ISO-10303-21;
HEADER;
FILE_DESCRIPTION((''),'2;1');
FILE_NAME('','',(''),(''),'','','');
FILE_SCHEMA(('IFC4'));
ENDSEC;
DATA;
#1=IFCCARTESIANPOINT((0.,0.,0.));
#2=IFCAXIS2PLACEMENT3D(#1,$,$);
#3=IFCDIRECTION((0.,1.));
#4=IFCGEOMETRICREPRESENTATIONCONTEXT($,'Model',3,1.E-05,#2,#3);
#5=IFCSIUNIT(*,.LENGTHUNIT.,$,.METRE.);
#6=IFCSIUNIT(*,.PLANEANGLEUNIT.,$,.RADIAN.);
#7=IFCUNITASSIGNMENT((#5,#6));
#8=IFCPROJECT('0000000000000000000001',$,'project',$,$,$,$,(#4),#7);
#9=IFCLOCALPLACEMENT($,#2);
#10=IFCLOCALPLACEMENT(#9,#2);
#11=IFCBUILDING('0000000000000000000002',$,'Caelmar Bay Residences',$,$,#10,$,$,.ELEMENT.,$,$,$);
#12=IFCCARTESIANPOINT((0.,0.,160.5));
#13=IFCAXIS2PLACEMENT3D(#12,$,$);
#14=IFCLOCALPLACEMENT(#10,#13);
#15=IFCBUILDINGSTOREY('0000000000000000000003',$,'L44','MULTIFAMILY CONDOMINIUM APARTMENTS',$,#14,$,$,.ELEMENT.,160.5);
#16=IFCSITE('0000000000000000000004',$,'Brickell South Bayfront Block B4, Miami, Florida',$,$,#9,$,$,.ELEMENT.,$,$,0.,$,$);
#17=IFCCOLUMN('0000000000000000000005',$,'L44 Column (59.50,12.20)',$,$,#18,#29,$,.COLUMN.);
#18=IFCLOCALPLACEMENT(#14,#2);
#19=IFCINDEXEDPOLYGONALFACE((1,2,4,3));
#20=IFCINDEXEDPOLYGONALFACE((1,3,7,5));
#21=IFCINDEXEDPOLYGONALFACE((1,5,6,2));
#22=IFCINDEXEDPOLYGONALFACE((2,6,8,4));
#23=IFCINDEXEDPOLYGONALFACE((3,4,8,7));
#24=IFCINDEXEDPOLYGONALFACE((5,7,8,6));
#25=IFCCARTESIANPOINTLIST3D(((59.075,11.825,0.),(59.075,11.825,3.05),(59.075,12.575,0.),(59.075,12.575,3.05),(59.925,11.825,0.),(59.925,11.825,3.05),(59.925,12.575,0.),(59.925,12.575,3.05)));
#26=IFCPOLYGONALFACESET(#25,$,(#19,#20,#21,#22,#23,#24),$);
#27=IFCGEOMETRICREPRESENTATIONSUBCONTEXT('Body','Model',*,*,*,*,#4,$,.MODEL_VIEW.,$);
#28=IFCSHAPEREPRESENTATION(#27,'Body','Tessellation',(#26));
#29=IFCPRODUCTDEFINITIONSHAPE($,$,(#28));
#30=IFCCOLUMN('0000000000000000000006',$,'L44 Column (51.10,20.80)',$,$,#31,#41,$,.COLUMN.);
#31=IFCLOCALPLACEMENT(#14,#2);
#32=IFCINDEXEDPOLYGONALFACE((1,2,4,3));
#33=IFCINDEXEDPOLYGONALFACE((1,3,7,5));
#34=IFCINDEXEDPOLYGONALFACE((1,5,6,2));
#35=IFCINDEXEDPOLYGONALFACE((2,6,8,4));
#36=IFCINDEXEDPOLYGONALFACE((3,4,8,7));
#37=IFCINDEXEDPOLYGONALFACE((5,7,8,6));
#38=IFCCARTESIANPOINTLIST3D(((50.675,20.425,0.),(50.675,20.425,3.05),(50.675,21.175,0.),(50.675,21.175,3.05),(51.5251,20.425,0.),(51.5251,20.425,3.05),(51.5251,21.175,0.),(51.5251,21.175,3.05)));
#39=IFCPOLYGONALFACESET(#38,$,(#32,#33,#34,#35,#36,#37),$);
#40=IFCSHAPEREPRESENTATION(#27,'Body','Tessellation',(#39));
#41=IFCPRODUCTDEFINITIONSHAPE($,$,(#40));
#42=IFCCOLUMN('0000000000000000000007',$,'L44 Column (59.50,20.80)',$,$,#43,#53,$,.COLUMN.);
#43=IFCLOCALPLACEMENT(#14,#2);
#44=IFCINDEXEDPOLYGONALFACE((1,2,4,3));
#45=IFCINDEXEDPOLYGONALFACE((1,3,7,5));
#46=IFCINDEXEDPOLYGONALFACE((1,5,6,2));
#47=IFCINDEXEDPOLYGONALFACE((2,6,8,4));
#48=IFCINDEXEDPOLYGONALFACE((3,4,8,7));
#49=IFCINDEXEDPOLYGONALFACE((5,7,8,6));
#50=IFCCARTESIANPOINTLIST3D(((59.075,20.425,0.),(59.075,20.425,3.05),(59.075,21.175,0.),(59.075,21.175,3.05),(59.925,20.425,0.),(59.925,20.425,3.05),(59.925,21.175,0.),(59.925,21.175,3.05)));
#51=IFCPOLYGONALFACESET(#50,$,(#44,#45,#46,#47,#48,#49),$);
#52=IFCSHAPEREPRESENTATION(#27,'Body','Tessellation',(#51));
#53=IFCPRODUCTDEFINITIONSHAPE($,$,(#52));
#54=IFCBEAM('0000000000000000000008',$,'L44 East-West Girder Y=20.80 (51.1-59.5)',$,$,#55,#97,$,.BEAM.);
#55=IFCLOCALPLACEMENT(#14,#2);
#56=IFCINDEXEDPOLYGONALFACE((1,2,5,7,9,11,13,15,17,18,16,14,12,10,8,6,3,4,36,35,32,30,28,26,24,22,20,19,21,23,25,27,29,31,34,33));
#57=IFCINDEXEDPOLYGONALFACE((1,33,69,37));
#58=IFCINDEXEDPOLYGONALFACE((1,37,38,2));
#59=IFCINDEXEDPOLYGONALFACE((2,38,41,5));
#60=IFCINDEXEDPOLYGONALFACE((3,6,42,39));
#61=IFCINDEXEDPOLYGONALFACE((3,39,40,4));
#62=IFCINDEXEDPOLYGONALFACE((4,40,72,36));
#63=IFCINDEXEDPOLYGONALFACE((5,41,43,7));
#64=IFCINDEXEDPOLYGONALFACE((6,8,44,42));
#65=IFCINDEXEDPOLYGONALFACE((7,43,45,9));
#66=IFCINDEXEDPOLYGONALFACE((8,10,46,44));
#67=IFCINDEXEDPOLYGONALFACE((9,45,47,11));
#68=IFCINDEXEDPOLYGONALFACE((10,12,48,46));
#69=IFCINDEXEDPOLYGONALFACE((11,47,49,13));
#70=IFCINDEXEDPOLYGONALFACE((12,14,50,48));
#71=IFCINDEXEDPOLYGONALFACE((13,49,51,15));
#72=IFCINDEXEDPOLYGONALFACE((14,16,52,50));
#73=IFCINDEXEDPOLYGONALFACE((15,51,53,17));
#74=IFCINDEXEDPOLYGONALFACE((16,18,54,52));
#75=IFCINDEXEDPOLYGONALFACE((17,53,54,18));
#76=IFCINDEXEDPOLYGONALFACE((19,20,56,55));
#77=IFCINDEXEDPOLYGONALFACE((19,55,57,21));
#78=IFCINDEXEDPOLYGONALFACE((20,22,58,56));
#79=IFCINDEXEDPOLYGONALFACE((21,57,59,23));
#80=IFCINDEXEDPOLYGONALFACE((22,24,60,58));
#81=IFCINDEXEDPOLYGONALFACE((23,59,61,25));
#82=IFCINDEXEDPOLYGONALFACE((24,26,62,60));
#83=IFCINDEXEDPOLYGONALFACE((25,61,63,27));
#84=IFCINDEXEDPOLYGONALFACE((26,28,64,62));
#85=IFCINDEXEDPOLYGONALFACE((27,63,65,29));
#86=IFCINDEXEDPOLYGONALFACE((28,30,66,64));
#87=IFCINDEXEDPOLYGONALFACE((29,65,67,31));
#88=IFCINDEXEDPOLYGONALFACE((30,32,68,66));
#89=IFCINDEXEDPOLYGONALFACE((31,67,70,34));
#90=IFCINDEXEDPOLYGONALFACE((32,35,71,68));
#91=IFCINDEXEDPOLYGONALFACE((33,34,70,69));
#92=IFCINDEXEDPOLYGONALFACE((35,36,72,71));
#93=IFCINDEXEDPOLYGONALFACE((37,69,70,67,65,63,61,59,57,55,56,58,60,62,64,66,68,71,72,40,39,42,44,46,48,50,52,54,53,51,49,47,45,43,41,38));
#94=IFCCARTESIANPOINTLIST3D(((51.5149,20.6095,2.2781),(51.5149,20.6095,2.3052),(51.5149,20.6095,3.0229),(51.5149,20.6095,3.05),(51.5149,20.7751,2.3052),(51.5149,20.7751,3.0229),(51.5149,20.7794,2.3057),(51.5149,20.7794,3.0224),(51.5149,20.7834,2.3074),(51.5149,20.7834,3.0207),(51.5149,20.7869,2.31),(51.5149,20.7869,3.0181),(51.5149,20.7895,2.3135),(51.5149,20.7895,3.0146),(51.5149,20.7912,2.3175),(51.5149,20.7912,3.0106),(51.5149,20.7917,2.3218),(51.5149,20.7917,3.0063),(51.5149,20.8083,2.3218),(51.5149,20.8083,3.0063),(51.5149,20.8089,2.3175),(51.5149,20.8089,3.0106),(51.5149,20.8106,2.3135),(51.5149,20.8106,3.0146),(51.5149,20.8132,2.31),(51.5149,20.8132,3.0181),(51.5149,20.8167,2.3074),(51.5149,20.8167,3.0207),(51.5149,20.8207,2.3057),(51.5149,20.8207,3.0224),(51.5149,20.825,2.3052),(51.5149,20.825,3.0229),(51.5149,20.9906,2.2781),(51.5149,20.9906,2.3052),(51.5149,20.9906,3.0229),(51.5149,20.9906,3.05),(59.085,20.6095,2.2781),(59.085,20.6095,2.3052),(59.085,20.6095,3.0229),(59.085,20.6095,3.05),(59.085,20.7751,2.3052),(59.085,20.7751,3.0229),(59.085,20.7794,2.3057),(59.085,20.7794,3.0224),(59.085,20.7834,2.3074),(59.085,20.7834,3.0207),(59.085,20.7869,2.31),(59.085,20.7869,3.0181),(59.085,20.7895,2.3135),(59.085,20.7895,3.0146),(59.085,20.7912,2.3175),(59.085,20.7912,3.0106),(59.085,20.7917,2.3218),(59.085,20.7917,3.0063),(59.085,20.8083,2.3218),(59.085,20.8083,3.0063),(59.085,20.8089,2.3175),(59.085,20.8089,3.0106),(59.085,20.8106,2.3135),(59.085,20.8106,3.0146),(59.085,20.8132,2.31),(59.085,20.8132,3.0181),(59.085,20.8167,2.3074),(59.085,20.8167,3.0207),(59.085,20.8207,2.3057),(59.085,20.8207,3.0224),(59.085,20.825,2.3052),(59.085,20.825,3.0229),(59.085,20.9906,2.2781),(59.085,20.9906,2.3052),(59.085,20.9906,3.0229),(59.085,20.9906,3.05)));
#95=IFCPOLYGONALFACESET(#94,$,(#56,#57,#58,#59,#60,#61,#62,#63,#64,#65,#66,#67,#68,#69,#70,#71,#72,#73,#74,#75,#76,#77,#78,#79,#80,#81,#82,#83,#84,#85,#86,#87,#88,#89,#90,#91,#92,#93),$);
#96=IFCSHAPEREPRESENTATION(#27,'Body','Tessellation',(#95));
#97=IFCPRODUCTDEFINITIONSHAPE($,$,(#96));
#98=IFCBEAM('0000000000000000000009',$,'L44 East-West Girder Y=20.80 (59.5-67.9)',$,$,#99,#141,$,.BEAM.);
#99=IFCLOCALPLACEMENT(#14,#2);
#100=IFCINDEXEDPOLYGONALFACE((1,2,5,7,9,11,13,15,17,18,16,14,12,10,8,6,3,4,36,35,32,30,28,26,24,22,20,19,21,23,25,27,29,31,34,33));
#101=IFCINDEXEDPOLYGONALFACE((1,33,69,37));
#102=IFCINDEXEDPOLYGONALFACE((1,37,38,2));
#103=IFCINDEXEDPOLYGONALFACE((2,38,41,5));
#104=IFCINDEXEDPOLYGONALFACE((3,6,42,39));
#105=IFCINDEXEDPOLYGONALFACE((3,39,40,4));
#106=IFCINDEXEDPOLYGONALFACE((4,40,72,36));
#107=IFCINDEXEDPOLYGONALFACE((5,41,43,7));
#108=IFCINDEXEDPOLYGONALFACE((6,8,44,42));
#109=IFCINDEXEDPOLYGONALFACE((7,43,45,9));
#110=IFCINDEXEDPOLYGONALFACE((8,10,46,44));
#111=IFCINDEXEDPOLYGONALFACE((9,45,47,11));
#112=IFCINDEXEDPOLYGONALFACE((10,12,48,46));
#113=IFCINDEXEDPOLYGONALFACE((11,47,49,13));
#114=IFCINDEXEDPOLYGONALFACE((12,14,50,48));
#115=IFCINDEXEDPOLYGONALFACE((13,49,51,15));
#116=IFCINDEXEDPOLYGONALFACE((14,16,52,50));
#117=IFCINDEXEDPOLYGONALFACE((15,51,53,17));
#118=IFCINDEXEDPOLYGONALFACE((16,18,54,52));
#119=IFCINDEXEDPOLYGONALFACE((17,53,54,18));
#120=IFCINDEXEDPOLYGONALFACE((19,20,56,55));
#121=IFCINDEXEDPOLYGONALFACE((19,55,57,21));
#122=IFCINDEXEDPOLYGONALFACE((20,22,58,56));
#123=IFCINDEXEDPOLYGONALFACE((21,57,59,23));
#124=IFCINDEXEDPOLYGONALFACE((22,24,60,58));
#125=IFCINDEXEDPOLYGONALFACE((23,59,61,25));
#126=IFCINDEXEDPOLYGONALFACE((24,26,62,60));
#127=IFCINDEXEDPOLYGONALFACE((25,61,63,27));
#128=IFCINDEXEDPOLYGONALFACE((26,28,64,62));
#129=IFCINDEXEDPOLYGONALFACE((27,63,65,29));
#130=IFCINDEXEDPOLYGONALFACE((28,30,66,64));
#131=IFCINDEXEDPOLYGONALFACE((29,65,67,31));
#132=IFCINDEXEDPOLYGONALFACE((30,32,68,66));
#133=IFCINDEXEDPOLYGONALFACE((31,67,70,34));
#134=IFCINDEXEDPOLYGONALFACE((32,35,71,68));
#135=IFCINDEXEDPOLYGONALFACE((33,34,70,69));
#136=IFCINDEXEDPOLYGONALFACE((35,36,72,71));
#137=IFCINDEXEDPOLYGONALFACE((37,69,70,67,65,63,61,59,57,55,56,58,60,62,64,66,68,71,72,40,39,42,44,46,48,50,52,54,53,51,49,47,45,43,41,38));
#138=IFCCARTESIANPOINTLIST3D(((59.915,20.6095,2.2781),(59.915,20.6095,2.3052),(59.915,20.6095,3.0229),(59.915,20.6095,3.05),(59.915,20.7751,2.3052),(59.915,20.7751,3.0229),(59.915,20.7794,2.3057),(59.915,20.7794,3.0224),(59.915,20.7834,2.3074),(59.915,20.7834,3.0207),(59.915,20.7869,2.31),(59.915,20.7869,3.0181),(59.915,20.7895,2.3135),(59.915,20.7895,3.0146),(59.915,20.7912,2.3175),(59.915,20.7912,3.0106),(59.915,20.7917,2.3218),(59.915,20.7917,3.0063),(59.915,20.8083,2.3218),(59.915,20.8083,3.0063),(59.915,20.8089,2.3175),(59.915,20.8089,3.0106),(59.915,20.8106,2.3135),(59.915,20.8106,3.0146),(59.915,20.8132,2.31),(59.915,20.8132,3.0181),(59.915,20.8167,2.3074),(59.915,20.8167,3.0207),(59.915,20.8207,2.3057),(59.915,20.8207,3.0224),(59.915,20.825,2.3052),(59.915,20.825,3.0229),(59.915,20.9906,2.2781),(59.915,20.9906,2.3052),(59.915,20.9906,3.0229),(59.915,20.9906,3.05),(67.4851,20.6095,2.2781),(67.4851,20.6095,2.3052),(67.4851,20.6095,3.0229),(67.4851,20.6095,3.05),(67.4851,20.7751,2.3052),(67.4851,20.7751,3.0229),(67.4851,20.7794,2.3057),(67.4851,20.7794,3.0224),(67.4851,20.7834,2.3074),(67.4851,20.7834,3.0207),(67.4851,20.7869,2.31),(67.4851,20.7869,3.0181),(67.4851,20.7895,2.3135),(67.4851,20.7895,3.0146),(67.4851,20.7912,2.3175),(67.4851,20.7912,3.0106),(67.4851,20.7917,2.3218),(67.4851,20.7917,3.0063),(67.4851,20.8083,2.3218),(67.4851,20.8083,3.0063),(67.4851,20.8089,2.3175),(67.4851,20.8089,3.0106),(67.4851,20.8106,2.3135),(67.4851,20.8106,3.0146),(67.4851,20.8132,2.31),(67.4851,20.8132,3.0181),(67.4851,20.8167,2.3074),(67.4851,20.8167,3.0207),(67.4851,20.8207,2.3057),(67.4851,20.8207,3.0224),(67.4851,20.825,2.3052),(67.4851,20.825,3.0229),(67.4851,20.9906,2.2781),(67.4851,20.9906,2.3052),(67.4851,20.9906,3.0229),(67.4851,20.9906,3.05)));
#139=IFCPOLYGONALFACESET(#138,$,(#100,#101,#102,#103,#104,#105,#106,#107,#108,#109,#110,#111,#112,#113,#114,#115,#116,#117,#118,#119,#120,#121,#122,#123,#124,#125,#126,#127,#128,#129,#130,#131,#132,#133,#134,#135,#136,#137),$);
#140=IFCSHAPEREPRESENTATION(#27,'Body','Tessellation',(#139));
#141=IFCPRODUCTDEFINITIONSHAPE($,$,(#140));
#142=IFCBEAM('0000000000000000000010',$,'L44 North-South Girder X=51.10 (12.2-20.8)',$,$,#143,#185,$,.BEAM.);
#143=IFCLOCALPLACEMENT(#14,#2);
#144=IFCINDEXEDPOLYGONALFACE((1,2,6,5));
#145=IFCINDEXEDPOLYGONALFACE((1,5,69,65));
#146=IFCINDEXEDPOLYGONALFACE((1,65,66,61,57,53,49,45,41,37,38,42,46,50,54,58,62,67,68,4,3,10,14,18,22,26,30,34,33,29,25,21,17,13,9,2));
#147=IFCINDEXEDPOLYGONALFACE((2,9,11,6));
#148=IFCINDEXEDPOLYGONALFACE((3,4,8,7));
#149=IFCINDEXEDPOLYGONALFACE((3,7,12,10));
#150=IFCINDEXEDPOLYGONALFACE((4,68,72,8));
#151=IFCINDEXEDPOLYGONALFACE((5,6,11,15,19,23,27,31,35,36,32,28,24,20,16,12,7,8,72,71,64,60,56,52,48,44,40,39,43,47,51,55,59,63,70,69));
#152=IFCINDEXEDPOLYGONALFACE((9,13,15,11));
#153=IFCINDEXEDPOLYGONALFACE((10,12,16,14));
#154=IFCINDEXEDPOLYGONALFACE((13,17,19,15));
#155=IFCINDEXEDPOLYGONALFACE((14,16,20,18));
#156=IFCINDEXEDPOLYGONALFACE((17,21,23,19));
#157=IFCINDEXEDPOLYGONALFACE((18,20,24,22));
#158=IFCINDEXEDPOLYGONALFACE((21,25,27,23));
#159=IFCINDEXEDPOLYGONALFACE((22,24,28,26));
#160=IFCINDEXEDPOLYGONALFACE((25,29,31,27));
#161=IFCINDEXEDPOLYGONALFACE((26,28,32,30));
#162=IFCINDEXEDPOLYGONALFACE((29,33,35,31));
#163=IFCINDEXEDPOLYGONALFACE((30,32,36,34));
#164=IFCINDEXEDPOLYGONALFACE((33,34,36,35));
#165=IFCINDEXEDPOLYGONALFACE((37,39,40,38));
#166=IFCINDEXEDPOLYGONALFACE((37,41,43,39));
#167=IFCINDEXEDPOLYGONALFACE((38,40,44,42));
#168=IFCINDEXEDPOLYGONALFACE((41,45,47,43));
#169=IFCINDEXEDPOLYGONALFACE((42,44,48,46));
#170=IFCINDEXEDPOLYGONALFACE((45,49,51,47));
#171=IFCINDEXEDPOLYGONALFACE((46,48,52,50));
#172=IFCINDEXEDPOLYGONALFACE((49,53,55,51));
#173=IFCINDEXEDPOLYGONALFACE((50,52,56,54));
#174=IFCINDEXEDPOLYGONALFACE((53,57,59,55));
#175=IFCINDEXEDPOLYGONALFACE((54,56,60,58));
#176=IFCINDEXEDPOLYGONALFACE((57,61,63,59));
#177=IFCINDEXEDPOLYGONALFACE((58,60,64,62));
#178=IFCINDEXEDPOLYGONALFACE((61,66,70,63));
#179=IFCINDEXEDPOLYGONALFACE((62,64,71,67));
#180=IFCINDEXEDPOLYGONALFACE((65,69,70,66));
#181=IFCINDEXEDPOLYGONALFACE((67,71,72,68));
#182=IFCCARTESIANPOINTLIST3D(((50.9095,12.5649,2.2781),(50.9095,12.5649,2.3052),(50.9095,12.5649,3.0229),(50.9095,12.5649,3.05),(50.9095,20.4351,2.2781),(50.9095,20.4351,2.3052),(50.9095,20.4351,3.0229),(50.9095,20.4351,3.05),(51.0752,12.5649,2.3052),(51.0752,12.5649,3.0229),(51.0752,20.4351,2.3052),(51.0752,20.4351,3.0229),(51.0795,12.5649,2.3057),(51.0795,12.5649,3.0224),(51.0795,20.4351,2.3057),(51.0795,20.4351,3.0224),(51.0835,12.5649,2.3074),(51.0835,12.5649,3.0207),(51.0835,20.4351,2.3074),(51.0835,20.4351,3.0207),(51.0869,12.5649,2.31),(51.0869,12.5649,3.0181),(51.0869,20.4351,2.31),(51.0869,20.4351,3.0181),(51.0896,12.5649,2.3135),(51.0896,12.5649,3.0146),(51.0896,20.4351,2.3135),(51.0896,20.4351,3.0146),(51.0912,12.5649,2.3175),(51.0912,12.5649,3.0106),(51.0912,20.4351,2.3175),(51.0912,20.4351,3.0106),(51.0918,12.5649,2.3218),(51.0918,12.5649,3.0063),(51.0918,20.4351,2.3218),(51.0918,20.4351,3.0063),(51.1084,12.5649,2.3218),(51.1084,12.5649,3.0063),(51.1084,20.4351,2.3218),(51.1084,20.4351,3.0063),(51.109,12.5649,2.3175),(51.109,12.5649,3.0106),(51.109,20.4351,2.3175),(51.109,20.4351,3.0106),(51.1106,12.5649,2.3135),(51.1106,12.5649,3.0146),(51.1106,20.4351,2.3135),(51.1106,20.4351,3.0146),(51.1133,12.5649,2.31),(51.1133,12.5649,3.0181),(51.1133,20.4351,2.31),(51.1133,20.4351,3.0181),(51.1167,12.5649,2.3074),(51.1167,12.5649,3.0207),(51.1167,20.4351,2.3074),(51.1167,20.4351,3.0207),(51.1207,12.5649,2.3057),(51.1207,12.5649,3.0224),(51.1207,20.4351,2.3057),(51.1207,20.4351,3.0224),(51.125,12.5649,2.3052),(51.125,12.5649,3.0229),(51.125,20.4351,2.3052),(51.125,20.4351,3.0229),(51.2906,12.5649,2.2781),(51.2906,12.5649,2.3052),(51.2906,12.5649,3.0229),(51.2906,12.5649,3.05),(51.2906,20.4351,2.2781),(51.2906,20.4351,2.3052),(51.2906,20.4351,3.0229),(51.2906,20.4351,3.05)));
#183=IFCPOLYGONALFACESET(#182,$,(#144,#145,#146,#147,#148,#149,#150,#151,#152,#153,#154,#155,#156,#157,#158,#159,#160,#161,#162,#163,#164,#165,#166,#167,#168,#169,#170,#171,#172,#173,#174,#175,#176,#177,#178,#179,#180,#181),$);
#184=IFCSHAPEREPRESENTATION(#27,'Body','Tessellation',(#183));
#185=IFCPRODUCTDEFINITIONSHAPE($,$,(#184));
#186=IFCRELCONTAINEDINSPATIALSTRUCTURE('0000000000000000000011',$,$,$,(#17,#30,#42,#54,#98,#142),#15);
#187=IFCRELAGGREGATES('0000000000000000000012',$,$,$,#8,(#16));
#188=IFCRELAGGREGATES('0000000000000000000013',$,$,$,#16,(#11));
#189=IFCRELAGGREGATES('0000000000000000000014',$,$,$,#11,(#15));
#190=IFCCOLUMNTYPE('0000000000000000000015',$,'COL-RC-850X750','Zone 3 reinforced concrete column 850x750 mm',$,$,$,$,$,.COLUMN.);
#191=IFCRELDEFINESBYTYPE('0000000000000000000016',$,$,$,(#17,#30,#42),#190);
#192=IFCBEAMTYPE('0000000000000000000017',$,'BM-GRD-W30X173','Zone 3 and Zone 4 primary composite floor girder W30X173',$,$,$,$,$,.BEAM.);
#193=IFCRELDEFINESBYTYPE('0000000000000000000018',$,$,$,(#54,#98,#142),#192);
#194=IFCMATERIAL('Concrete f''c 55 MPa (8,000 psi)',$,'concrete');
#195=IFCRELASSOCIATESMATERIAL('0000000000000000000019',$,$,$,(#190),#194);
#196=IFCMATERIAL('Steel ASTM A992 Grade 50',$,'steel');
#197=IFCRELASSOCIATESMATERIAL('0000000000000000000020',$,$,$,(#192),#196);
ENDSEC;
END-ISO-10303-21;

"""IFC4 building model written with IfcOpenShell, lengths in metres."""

from ifc_helpers import new_model, si_unit, direction, frame, origin, origin_2d, place, context, subcontext, project, spatial, rectangle, i_section, extrude, material, material_profile, profile_set, type_object, element, save


model = new_model("IFC4")

# Units and contexts
model_context = context("Model", 3, precision=1e-05, world=origin(), true_north=direction((0.0, 1.0)))
body_context = subcontext(model_context, "Body", "Model", "MODEL_VIEW")
ifc_project = project(units=[si_unit("LENGTHUNIT", "METRE"), si_unit("PLANEANGLEUNIT", "RADIAN")], contexts=[model_context])

# Site, building, storey
site_placement = place(None, origin())
site = spatial("IfcSite", under=ifc_project, at=site_placement, Name="Brickell South Bayfront Block B4, Miami, Florida", CompositionType="ELEMENT", RefElevation=0.0)
building_placement = place(site_placement, origin())
building = spatial("IfcBuilding", under=site, at=building_placement, Name="Caelmar Bay Residences", CompositionType="ELEMENT")
storey_placement = place(building_placement, frame((0.0, 0.0, 160.5)))
storey = spatial("IfcBuildingStorey", under=building, at=storey_placement, Name="L44", Description="MULTIFAMILY CONDOMINIUM APARTMENTS", CompositionType="ELEMENT", Elevation=160.5)

# Columns
ifc_material_1 = material(Name="Concrete f'c 55 MPa (8,000 psi)", Category="concrete")
ifc_material_profile_1 = material_profile(ifc_material_1, rectangle(XDim=0.8501, YDim=0.75, at=origin_2d()), Name="RC-COL-850X750")
ifc_profile_set_1 = profile_set([ifc_material_profile_1], Name="Concrete f'c 55 MPa (8,000 psi)")
column_type = type_object("IfcColumnType", Name="COL-RC-850X750", Description="Zone 3 reinforced concrete column 850x750 mm", PredefinedType="COLUMN", material=ifc_profile_set_1)
for number, where, z_axis, x_axis, name in (
    (1, (59.5, 12.2, 0.0), (0.0, 0.0, 1.0), (1.0, 0.0, 0.0), "L44 Column (59.50,12.20)"),
    (2, (51.1001, 20.8, 0.0), (0.0, 0.0, 1.0), (1.0, 0.0, 0.0), "L44 Column (51.10,20.80)"),
    (3, (59.5, 20.8, 0.0), (0.0, 0.0, 1.0), (1.0, 0.0, 0.0), "L44 Column (59.50,20.80)"),
):
    element("IfcColumn", number, at=place(storey_placement, frame(where, z_axis=z_axis, x_axis=x_axis)), inside=storey, type_object=column_type, Name=name, PredefinedType="COLUMN", context=body_context, shape_type="SweptSolid", body=[
        extrude(rectangle(XDim=0.8501, YDim=0.75, at=origin_2d()), origin(), (0.0, 0.0, 1.0), 3.05),
    ])

# Beams
ifc_material_2 = material(Name="Steel ASTM A992 Grade 50", Category="steel")
ifc_material_profile_2 = material_profile(ifc_material_2, i_section(OverallWidth=0.3811, OverallDepth=0.772, WebThickness=0.0166, FlangeThickness=0.0271, FilletRadius=0.0166, at=origin_2d()), Name="W30X173")
ifc_profile_set_2 = profile_set([ifc_material_profile_2], Name="Steel ASTM A992 Grade 50")
beam_type_1 = type_object("IfcBeamType", Name="BM-GRD-W30X173", Description="Zone 3 and Zone 4 primary composite floor girder W30X173", PredefinedType="BEAM", material=ifc_profile_set_2)
for number, where, z_axis, x_axis, name in (
    (4, (51.5149, 20.8, 2.6641), (1.0, 0.0, 0.0), (0.0, 1.0, 0.0), "L44 East-West Girder Y=20.80 (51.1-59.5)"),
    (5, (59.915, 20.8, 2.6641), (1.0, 0.0, 0.0), (0.0, 1.0, 0.0), "L44 East-West Girder Y=20.80 (59.5-67.9)"),
):
    element("IfcBeam", number, at=place(storey_placement, frame(where, z_axis=z_axis, x_axis=x_axis)), inside=storey, type_object=beam_type_1, Name=name, PredefinedType="BEAM", context=body_context, shape_type="SweptSolid", body=[
        extrude(i_section(OverallWidth=0.3811, OverallDepth=0.772, WebThickness=0.0166, FlangeThickness=0.0271, FilletRadius=0.0166, at=origin_2d()), origin(), (0.0, 0.0, 1.0), 7.5701),
    ])
for number, where, z_axis, x_axis, name in (
    (6, (51.1001, 12.5649, 2.6641), (0.0, 1.0, 0.0), (-1.0, 0.0, 0.0), "L44 North-South Girder X=51.10 (12.2-20.8)"),
):
    element("IfcBeam", number, at=place(storey_placement, frame(where, z_axis=z_axis, x_axis=x_axis)), inside=storey, type_object=beam_type_1, Name=name, PredefinedType="BEAM", context=body_context, shape_type="SweptSolid", body=[
        extrude(i_section(OverallWidth=0.3811, OverallDepth=0.772, WebThickness=0.0166, FlangeThickness=0.0271, FilletRadius=0.0166, at=origin_2d()), origin(), (0.0, 0.0, 1.0), 7.8701),
    ])

save(model, "model.ifc")
